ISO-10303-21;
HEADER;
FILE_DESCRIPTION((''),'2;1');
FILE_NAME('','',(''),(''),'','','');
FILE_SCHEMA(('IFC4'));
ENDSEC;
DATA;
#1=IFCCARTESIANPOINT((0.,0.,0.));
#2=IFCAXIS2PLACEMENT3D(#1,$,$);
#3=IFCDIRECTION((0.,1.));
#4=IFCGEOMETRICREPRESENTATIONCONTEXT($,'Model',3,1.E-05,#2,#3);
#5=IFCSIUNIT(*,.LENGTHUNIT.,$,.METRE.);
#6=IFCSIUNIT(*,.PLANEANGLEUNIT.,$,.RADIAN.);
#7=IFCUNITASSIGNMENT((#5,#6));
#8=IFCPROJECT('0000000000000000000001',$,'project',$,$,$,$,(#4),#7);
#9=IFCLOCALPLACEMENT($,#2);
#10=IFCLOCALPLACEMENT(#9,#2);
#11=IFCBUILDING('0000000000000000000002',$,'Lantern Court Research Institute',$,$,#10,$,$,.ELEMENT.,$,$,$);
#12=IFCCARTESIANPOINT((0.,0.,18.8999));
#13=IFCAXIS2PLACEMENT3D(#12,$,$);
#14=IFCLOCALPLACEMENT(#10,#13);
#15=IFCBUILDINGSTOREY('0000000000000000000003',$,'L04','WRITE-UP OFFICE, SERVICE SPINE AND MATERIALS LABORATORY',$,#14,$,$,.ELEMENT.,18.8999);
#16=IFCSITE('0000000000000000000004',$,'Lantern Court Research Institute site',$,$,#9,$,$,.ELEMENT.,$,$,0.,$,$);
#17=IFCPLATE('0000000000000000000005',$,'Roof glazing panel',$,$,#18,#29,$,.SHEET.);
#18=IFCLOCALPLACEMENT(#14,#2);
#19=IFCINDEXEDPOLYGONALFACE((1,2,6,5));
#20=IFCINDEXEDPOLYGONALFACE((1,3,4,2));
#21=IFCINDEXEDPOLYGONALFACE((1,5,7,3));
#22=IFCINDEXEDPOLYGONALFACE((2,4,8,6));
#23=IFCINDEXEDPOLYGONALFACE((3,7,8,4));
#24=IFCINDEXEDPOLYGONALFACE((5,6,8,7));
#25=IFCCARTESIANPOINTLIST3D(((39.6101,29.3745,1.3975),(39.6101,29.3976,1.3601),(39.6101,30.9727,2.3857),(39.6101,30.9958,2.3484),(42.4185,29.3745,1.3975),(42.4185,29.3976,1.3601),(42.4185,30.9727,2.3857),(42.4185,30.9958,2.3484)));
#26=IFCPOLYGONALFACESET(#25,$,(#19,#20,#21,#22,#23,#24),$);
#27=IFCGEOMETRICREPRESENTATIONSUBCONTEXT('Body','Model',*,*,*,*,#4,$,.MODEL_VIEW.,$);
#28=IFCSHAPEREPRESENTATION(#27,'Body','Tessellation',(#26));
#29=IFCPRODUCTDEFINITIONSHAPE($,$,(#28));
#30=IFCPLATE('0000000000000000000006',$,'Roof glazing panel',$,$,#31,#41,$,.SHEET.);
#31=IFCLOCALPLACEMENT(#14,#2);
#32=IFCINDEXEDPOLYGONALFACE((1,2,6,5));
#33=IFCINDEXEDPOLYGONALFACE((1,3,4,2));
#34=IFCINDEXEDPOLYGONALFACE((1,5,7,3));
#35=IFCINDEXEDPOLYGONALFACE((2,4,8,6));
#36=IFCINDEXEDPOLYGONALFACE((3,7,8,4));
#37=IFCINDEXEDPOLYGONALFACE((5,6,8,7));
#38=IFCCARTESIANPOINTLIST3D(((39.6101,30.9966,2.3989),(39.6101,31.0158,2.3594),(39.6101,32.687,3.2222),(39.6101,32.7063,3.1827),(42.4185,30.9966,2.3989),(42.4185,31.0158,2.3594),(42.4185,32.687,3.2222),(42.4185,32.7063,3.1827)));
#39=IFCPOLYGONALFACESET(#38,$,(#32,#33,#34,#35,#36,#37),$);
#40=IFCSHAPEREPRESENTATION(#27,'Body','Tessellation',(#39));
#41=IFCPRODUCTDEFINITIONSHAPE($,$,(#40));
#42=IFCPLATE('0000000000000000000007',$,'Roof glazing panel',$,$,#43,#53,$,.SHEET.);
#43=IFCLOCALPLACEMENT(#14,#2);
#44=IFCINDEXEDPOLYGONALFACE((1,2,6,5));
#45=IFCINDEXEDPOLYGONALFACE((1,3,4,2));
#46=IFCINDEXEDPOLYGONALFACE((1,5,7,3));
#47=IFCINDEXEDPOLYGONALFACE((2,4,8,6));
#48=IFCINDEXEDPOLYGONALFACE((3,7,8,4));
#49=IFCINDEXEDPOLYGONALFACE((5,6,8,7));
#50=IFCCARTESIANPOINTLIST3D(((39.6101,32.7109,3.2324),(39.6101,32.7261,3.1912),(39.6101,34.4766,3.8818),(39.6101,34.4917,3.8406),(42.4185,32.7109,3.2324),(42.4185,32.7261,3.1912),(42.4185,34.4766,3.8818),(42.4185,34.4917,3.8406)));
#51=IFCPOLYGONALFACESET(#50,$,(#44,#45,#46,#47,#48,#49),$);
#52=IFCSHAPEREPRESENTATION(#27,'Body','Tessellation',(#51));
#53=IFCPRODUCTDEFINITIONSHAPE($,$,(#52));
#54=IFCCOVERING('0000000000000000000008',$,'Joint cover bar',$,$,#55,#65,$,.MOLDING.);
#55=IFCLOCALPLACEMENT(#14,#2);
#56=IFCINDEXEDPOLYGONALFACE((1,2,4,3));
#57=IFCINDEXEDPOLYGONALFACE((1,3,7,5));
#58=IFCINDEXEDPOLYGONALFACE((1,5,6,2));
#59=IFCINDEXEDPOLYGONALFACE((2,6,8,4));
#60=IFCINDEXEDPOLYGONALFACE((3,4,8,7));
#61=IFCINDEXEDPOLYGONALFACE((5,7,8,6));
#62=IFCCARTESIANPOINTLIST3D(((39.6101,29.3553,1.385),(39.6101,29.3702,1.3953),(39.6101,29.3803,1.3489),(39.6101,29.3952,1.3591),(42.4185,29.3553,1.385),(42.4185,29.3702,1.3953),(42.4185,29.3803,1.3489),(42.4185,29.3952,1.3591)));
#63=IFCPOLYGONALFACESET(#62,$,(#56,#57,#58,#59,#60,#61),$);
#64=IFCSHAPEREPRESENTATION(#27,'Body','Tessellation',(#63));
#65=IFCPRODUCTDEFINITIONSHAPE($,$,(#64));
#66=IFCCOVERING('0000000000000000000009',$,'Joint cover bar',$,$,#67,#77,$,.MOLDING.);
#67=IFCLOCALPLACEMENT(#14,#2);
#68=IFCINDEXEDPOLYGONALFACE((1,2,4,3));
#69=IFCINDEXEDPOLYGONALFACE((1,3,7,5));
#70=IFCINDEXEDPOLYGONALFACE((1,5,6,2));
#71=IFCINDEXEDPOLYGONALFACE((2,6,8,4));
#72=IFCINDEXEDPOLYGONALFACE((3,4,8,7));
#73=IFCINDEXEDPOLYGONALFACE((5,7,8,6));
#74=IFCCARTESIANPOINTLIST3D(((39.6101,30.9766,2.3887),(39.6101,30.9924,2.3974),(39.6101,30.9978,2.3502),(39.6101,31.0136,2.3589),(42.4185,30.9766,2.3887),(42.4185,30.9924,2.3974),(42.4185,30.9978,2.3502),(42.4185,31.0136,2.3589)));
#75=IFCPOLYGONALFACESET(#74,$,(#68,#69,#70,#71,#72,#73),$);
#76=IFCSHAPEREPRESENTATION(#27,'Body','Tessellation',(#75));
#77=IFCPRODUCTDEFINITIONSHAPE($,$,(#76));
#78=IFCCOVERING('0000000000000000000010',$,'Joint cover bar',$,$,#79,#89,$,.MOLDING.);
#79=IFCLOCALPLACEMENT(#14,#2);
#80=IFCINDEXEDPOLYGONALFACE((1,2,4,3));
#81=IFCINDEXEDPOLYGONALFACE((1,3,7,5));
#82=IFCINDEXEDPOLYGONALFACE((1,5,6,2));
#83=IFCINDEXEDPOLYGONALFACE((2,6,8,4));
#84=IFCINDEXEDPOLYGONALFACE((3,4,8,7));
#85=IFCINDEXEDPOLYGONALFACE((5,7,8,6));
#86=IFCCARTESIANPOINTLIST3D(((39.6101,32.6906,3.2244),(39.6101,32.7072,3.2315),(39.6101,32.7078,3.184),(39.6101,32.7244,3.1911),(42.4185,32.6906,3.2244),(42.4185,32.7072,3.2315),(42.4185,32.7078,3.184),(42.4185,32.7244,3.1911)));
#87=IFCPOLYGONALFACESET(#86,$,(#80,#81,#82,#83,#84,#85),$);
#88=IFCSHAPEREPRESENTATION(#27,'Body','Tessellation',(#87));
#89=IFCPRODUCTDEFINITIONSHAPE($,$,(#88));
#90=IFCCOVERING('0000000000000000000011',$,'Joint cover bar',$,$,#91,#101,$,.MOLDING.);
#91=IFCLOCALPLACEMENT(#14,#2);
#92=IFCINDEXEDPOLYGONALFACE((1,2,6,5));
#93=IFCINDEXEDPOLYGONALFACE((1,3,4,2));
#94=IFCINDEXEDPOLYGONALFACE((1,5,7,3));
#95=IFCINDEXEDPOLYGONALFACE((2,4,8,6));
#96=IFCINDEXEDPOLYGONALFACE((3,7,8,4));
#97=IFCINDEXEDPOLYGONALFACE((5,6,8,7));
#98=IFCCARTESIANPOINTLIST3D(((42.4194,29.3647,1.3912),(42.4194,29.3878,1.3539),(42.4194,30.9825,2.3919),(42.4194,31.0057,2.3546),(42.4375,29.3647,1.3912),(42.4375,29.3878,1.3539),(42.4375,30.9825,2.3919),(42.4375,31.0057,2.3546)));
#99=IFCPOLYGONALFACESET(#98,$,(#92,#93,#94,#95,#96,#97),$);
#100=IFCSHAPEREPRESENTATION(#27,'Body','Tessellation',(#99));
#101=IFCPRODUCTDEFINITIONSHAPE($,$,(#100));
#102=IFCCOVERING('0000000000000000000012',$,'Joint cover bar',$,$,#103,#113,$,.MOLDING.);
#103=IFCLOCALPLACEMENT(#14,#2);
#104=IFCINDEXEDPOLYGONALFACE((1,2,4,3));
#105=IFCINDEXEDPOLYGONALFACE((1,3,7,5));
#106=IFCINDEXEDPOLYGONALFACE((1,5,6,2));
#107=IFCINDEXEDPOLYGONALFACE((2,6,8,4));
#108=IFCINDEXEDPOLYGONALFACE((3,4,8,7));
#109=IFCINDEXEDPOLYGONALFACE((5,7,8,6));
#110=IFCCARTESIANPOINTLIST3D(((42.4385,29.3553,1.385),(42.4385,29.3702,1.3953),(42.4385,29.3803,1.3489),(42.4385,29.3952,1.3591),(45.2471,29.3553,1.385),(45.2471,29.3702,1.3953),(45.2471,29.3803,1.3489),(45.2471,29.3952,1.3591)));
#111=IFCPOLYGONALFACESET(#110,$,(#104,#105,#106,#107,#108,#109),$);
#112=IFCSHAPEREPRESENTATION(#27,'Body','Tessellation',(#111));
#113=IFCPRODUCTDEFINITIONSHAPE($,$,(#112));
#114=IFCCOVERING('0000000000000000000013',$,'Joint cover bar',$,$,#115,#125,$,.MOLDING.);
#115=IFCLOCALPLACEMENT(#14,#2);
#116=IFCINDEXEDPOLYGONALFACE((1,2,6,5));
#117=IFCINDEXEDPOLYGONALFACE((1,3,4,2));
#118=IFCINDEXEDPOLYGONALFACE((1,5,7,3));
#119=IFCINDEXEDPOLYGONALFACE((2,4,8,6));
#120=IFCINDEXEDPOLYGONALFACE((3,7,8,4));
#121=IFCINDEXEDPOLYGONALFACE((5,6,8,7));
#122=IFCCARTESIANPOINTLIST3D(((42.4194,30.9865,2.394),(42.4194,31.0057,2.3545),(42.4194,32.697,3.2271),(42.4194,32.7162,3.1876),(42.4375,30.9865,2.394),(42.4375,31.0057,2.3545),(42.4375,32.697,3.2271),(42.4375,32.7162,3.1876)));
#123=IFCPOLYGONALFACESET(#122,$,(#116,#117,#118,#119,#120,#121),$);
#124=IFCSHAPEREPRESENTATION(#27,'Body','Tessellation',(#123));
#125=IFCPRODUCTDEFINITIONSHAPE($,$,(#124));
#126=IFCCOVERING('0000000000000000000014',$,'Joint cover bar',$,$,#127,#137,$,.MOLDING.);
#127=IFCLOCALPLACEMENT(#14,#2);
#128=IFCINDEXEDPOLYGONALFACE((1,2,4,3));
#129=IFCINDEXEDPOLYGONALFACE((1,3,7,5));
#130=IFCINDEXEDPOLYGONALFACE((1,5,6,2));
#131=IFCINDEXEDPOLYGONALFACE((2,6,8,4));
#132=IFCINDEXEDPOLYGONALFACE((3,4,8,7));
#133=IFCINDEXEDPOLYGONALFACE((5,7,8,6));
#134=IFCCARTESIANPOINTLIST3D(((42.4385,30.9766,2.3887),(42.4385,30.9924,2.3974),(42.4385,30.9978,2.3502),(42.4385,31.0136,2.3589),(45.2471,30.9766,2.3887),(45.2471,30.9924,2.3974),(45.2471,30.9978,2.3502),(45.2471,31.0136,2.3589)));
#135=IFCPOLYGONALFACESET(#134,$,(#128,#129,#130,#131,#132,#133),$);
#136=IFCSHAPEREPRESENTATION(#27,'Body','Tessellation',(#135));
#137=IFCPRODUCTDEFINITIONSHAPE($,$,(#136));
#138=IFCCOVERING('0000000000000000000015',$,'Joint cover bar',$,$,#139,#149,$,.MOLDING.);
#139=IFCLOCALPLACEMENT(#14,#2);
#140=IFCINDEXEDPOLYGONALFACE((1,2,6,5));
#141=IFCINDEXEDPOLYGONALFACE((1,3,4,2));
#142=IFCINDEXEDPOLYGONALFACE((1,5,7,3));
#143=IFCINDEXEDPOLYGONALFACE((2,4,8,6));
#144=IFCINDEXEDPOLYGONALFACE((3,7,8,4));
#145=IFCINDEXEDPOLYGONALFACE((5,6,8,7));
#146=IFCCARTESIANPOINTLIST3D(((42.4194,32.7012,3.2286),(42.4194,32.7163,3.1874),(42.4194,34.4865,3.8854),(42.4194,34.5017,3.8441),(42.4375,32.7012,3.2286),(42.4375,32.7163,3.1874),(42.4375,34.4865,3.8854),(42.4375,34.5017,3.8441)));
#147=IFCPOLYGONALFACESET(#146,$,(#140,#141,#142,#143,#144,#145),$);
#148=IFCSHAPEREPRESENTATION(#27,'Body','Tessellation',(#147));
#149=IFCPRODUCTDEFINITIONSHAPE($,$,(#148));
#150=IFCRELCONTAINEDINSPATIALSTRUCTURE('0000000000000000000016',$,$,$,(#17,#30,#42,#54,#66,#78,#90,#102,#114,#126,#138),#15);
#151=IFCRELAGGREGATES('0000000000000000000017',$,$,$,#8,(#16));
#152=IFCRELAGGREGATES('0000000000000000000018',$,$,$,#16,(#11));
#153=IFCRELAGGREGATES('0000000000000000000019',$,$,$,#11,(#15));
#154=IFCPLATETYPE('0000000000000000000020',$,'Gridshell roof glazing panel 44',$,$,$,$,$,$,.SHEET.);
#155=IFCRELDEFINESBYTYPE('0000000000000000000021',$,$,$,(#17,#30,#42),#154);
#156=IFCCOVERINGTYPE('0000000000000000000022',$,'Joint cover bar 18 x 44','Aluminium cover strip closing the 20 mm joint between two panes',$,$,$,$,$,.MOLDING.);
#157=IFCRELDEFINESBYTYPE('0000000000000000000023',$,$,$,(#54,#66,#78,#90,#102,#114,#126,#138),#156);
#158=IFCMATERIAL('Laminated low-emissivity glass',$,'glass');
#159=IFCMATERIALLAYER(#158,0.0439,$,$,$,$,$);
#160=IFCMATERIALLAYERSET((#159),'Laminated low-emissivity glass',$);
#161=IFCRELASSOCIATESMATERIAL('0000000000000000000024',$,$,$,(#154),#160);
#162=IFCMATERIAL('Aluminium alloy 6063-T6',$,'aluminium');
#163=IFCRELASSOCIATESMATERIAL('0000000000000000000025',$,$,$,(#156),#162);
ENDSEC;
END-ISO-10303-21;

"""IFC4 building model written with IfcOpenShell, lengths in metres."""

from ifc_helpers import new_model, si_unit, direction, frame, origin, origin_2d, place, context, subcontext, project, spatial, polyline, rectangle, outline, extrude, material, layer, layer_set, material_profile, profile_set, type_object, element, save


model = new_model("IFC4")

# Units and contexts
model_context = context("Model", 3, precision=1e-05, world=origin(), true_north=direction((0.0, 1.0)))
body_context = subcontext(model_context, "Body", "Model", "MODEL_VIEW")
ifc_project = project(units=[si_unit("LENGTHUNIT", "METRE"), si_unit("PLANEANGLEUNIT", "RADIAN")], contexts=[model_context])

# Site, building, storey
site_placement = place(None, origin())
site = spatial("IfcSite", under=ifc_project, at=site_placement, Name="Lantern Court Research Institute site", CompositionType="ELEMENT", RefElevation=0.0)
building_placement = place(site_placement, origin())
building = spatial("IfcBuilding", under=site, at=building_placement, Name="Lantern Court Research Institute", CompositionType="ELEMENT")
storey_placement = place(building_placement, frame((0.0, 0.0, 18.8999)))
storey = spatial("IfcBuildingStorey", under=building, at=storey_placement, Name="L04", Description="WRITE-UP OFFICE, SERVICE SPINE AND MATERIALS LABORATORY", CompositionType="ELEMENT", Elevation=18.8999)

# Plates
ifc_material_1 = material(Name="Laminated low-emissivity glass", Category="glass")
ifc_layer = layer(ifc_material_1, 0.0439)
ifc_layer_set = layer_set([ifc_layer], Name="Laminated low-emissivity glass")
plate_type = type_object("IfcPlateType", Name="Gridshell roof glazing panel 44", PredefinedType="SHEET", material=ifc_layer_set)
plate_1_placement = place(storey_placement, frame((42.4185, 29.3745, 1.3975), z_axis=(0.0, -0.525952, 0.850514), x_axis=(-1.0, 0.0, 0.0)))
element("IfcPlate", 1, at=plate_1_placement, inside=storey, type_object=plate_type, Name="Roof glazing panel", PredefinedType="SHEET", context=body_context, shape_type="SweptSolid", body=[
    extrude(outline(polyline([(0.0, 0.0), (2.8083, 0.0), (2.8083, -1.879), (0.0, -1.879), (0.0, 0.0)])), origin(), (0.0, 0.0, -1.0), 0.0439),
])
plate_2_placement = place(storey_placement, frame((42.4185, 30.9966, 2.3989), z_axis=(0.0, -0.43784, 0.899053), x_axis=(-1.0, 0.0, 0.0)))
element("IfcPlate", 2, at=plate_2_placement, inside=storey, type_object=plate_type, Name="Roof glazing panel", PredefinedType="SHEET", context=body_context, shape_type="SweptSolid", body=[
    extrude(outline(polyline([(0.0, 0.0), (2.8083, 0.0), (2.8083, -1.8802), (0.0, -1.8802), (0.0, 0.0)])), origin(), (0.0, 0.0, -1.0), 0.0439),
])
plate_3_placement = place(storey_placement, frame((42.4185, 32.7109, 3.2324), z_axis=(0.0, -0.3452, 0.938529), x_axis=(-1.0, 0.0, 0.0)))
element("IfcPlate", 3, at=plate_3_placement, inside=storey, type_object=plate_type, Name="Roof glazing panel", PredefinedType="SHEET", context=body_context, shape_type="SweptSolid", body=[
    extrude(outline(polyline([(0.0, 0.0), (2.8083, 0.0), (2.8083, -1.8813), (0.0, -1.8813), (0.0, 0.0)])), origin(), (0.0, 0.0, -1.0), 0.0439),
])

# Coverings
ifc_material_2 = material(Name="Aluminium alloy 6063-T6", Category="aluminium")
ifc_material_profile_1 = material_profile(ifc_material_2, rectangle(XDim=0.0181, YDim=0.0439, at=origin_2d()), Name="Joint cover bar 18 x 44")
ifc_profile_set_1 = profile_set([ifc_material_profile_1], Name="Aluminium alloy 6063-T6")
covering_type = type_object("IfcCoveringType", Name="Joint cover bar 18 x 44", Description="Aluminium cover strip closing the 20 mm joint between two panes", PredefinedType="MOLDING", material=ifc_profile_set_1)
for number, where, z_axis, x_axis, name in (
    (4, (39.6101, 29.3752, 1.3721), (1.0, 0.0, 0.0), (0.0, 0.822954, 0.568108), "Joint cover bar"),
    (5, (39.6101, 30.9951, 2.3738), (1.0, 0.0, 0.0), (0.0, 0.875897, 0.482497), "Joint cover bar"),
    (6, (39.6101, 32.7075, 3.2078), (1.0, 0.0, 0.0), (0.0, 0.919966, 0.391999), "Joint cover bar"),
):
    element("IfcCovering", number, at=place(storey_placement, frame(where, z_axis=z_axis, x_axis=x_axis)), inside=storey, type_object=covering_type, Name=name, PredefinedType="MOLDING", context=body_context, shape_type="SweptSolid", body=[
        extrude(rectangle(XDim=0.0181, YDim=0.0439, at=origin_2d()), origin(), (0.0, 0.0, 1.0), 2.8083),
    ])
covering_1_placement = place(storey_placement, frame((42.4285, 29.3762, 1.3726), z_axis=(0.0, 0.850462, 0.526036), x_axis=(-1.0, 0.0, 0.0)))
element("IfcCovering", 7, at=covering_1_placement, inside=storey, type_object=covering_type, Name="Joint cover bar", PredefinedType="MOLDING", context=body_context, shape_type="SweptSolid", body=[
    extrude(rectangle(XDim=0.0181, YDim=0.0439, at=origin_2d()), origin(), (0.0, 0.0, 1.0), 1.9023),
])
covering_2_placement = place(storey_placement, frame((42.4385, 29.3752, 1.3721), z_axis=(1.0, 0.0, 0.0), x_axis=(0.0, 0.822954, 0.568108)))
element("IfcCovering", 8, at=covering_2_placement, inside=storey, type_object=covering_type, Name="Joint cover bar", PredefinedType="MOLDING", context=body_context, shape_type="SweptSolid", body=[
    extrude(rectangle(XDim=0.0181, YDim=0.0439, at=origin_2d()), origin(), (0.0, 0.0, 1.0), 2.8086),
])
covering_3_placement = place(storey_placement, frame((42.4285, 30.9961, 2.3743), z_axis=(0.0, 0.899049, 0.437847), x_axis=(-1.0, 0.0, 0.0)))
element("IfcCovering", 9, at=covering_3_placement, inside=storey, type_object=covering_type, Name="Joint cover bar", PredefinedType="MOLDING", context=body_context, shape_type="SweptSolid", body=[
    extrude(rectangle(XDim=0.0181, YDim=0.0439, at=origin_2d()), origin(), (0.0, 0.0, 1.0), 1.9026),
])
covering_4_placement = place(storey_placement, frame((42.4385, 30.9951, 2.3738), z_axis=(1.0, 0.0, 0.0), x_axis=(0.0, 0.875897, 0.482497)))
element("IfcCovering", 10, at=covering_4_placement, inside=storey, type_object=covering_type, Name="Joint cover bar", PredefinedType="MOLDING", context=body_context, shape_type="SweptSolid", body=[
    extrude(rectangle(XDim=0.0181, YDim=0.0439, at=origin_2d()), origin(), (0.0, 0.0, 1.0), 2.8086),
])
covering_5_placement = place(storey_placement, frame((42.4285, 32.7087, 3.208), z_axis=(0.0, 0.93852, 0.345224), x_axis=(-1.0, 0.0, 0.0)))
element("IfcCovering", 11, at=covering_5_placement, inside=storey, type_object=covering_type, Name="Joint cover bar", PredefinedType="MOLDING", context=body_context, shape_type="SweptSolid", body=[
    extrude(rectangle(XDim=0.0181, YDim=0.0439, at=origin_2d()), origin(), (0.0, 0.0, 1.0), 1.9023),
])

save(model, "model.ifc")
